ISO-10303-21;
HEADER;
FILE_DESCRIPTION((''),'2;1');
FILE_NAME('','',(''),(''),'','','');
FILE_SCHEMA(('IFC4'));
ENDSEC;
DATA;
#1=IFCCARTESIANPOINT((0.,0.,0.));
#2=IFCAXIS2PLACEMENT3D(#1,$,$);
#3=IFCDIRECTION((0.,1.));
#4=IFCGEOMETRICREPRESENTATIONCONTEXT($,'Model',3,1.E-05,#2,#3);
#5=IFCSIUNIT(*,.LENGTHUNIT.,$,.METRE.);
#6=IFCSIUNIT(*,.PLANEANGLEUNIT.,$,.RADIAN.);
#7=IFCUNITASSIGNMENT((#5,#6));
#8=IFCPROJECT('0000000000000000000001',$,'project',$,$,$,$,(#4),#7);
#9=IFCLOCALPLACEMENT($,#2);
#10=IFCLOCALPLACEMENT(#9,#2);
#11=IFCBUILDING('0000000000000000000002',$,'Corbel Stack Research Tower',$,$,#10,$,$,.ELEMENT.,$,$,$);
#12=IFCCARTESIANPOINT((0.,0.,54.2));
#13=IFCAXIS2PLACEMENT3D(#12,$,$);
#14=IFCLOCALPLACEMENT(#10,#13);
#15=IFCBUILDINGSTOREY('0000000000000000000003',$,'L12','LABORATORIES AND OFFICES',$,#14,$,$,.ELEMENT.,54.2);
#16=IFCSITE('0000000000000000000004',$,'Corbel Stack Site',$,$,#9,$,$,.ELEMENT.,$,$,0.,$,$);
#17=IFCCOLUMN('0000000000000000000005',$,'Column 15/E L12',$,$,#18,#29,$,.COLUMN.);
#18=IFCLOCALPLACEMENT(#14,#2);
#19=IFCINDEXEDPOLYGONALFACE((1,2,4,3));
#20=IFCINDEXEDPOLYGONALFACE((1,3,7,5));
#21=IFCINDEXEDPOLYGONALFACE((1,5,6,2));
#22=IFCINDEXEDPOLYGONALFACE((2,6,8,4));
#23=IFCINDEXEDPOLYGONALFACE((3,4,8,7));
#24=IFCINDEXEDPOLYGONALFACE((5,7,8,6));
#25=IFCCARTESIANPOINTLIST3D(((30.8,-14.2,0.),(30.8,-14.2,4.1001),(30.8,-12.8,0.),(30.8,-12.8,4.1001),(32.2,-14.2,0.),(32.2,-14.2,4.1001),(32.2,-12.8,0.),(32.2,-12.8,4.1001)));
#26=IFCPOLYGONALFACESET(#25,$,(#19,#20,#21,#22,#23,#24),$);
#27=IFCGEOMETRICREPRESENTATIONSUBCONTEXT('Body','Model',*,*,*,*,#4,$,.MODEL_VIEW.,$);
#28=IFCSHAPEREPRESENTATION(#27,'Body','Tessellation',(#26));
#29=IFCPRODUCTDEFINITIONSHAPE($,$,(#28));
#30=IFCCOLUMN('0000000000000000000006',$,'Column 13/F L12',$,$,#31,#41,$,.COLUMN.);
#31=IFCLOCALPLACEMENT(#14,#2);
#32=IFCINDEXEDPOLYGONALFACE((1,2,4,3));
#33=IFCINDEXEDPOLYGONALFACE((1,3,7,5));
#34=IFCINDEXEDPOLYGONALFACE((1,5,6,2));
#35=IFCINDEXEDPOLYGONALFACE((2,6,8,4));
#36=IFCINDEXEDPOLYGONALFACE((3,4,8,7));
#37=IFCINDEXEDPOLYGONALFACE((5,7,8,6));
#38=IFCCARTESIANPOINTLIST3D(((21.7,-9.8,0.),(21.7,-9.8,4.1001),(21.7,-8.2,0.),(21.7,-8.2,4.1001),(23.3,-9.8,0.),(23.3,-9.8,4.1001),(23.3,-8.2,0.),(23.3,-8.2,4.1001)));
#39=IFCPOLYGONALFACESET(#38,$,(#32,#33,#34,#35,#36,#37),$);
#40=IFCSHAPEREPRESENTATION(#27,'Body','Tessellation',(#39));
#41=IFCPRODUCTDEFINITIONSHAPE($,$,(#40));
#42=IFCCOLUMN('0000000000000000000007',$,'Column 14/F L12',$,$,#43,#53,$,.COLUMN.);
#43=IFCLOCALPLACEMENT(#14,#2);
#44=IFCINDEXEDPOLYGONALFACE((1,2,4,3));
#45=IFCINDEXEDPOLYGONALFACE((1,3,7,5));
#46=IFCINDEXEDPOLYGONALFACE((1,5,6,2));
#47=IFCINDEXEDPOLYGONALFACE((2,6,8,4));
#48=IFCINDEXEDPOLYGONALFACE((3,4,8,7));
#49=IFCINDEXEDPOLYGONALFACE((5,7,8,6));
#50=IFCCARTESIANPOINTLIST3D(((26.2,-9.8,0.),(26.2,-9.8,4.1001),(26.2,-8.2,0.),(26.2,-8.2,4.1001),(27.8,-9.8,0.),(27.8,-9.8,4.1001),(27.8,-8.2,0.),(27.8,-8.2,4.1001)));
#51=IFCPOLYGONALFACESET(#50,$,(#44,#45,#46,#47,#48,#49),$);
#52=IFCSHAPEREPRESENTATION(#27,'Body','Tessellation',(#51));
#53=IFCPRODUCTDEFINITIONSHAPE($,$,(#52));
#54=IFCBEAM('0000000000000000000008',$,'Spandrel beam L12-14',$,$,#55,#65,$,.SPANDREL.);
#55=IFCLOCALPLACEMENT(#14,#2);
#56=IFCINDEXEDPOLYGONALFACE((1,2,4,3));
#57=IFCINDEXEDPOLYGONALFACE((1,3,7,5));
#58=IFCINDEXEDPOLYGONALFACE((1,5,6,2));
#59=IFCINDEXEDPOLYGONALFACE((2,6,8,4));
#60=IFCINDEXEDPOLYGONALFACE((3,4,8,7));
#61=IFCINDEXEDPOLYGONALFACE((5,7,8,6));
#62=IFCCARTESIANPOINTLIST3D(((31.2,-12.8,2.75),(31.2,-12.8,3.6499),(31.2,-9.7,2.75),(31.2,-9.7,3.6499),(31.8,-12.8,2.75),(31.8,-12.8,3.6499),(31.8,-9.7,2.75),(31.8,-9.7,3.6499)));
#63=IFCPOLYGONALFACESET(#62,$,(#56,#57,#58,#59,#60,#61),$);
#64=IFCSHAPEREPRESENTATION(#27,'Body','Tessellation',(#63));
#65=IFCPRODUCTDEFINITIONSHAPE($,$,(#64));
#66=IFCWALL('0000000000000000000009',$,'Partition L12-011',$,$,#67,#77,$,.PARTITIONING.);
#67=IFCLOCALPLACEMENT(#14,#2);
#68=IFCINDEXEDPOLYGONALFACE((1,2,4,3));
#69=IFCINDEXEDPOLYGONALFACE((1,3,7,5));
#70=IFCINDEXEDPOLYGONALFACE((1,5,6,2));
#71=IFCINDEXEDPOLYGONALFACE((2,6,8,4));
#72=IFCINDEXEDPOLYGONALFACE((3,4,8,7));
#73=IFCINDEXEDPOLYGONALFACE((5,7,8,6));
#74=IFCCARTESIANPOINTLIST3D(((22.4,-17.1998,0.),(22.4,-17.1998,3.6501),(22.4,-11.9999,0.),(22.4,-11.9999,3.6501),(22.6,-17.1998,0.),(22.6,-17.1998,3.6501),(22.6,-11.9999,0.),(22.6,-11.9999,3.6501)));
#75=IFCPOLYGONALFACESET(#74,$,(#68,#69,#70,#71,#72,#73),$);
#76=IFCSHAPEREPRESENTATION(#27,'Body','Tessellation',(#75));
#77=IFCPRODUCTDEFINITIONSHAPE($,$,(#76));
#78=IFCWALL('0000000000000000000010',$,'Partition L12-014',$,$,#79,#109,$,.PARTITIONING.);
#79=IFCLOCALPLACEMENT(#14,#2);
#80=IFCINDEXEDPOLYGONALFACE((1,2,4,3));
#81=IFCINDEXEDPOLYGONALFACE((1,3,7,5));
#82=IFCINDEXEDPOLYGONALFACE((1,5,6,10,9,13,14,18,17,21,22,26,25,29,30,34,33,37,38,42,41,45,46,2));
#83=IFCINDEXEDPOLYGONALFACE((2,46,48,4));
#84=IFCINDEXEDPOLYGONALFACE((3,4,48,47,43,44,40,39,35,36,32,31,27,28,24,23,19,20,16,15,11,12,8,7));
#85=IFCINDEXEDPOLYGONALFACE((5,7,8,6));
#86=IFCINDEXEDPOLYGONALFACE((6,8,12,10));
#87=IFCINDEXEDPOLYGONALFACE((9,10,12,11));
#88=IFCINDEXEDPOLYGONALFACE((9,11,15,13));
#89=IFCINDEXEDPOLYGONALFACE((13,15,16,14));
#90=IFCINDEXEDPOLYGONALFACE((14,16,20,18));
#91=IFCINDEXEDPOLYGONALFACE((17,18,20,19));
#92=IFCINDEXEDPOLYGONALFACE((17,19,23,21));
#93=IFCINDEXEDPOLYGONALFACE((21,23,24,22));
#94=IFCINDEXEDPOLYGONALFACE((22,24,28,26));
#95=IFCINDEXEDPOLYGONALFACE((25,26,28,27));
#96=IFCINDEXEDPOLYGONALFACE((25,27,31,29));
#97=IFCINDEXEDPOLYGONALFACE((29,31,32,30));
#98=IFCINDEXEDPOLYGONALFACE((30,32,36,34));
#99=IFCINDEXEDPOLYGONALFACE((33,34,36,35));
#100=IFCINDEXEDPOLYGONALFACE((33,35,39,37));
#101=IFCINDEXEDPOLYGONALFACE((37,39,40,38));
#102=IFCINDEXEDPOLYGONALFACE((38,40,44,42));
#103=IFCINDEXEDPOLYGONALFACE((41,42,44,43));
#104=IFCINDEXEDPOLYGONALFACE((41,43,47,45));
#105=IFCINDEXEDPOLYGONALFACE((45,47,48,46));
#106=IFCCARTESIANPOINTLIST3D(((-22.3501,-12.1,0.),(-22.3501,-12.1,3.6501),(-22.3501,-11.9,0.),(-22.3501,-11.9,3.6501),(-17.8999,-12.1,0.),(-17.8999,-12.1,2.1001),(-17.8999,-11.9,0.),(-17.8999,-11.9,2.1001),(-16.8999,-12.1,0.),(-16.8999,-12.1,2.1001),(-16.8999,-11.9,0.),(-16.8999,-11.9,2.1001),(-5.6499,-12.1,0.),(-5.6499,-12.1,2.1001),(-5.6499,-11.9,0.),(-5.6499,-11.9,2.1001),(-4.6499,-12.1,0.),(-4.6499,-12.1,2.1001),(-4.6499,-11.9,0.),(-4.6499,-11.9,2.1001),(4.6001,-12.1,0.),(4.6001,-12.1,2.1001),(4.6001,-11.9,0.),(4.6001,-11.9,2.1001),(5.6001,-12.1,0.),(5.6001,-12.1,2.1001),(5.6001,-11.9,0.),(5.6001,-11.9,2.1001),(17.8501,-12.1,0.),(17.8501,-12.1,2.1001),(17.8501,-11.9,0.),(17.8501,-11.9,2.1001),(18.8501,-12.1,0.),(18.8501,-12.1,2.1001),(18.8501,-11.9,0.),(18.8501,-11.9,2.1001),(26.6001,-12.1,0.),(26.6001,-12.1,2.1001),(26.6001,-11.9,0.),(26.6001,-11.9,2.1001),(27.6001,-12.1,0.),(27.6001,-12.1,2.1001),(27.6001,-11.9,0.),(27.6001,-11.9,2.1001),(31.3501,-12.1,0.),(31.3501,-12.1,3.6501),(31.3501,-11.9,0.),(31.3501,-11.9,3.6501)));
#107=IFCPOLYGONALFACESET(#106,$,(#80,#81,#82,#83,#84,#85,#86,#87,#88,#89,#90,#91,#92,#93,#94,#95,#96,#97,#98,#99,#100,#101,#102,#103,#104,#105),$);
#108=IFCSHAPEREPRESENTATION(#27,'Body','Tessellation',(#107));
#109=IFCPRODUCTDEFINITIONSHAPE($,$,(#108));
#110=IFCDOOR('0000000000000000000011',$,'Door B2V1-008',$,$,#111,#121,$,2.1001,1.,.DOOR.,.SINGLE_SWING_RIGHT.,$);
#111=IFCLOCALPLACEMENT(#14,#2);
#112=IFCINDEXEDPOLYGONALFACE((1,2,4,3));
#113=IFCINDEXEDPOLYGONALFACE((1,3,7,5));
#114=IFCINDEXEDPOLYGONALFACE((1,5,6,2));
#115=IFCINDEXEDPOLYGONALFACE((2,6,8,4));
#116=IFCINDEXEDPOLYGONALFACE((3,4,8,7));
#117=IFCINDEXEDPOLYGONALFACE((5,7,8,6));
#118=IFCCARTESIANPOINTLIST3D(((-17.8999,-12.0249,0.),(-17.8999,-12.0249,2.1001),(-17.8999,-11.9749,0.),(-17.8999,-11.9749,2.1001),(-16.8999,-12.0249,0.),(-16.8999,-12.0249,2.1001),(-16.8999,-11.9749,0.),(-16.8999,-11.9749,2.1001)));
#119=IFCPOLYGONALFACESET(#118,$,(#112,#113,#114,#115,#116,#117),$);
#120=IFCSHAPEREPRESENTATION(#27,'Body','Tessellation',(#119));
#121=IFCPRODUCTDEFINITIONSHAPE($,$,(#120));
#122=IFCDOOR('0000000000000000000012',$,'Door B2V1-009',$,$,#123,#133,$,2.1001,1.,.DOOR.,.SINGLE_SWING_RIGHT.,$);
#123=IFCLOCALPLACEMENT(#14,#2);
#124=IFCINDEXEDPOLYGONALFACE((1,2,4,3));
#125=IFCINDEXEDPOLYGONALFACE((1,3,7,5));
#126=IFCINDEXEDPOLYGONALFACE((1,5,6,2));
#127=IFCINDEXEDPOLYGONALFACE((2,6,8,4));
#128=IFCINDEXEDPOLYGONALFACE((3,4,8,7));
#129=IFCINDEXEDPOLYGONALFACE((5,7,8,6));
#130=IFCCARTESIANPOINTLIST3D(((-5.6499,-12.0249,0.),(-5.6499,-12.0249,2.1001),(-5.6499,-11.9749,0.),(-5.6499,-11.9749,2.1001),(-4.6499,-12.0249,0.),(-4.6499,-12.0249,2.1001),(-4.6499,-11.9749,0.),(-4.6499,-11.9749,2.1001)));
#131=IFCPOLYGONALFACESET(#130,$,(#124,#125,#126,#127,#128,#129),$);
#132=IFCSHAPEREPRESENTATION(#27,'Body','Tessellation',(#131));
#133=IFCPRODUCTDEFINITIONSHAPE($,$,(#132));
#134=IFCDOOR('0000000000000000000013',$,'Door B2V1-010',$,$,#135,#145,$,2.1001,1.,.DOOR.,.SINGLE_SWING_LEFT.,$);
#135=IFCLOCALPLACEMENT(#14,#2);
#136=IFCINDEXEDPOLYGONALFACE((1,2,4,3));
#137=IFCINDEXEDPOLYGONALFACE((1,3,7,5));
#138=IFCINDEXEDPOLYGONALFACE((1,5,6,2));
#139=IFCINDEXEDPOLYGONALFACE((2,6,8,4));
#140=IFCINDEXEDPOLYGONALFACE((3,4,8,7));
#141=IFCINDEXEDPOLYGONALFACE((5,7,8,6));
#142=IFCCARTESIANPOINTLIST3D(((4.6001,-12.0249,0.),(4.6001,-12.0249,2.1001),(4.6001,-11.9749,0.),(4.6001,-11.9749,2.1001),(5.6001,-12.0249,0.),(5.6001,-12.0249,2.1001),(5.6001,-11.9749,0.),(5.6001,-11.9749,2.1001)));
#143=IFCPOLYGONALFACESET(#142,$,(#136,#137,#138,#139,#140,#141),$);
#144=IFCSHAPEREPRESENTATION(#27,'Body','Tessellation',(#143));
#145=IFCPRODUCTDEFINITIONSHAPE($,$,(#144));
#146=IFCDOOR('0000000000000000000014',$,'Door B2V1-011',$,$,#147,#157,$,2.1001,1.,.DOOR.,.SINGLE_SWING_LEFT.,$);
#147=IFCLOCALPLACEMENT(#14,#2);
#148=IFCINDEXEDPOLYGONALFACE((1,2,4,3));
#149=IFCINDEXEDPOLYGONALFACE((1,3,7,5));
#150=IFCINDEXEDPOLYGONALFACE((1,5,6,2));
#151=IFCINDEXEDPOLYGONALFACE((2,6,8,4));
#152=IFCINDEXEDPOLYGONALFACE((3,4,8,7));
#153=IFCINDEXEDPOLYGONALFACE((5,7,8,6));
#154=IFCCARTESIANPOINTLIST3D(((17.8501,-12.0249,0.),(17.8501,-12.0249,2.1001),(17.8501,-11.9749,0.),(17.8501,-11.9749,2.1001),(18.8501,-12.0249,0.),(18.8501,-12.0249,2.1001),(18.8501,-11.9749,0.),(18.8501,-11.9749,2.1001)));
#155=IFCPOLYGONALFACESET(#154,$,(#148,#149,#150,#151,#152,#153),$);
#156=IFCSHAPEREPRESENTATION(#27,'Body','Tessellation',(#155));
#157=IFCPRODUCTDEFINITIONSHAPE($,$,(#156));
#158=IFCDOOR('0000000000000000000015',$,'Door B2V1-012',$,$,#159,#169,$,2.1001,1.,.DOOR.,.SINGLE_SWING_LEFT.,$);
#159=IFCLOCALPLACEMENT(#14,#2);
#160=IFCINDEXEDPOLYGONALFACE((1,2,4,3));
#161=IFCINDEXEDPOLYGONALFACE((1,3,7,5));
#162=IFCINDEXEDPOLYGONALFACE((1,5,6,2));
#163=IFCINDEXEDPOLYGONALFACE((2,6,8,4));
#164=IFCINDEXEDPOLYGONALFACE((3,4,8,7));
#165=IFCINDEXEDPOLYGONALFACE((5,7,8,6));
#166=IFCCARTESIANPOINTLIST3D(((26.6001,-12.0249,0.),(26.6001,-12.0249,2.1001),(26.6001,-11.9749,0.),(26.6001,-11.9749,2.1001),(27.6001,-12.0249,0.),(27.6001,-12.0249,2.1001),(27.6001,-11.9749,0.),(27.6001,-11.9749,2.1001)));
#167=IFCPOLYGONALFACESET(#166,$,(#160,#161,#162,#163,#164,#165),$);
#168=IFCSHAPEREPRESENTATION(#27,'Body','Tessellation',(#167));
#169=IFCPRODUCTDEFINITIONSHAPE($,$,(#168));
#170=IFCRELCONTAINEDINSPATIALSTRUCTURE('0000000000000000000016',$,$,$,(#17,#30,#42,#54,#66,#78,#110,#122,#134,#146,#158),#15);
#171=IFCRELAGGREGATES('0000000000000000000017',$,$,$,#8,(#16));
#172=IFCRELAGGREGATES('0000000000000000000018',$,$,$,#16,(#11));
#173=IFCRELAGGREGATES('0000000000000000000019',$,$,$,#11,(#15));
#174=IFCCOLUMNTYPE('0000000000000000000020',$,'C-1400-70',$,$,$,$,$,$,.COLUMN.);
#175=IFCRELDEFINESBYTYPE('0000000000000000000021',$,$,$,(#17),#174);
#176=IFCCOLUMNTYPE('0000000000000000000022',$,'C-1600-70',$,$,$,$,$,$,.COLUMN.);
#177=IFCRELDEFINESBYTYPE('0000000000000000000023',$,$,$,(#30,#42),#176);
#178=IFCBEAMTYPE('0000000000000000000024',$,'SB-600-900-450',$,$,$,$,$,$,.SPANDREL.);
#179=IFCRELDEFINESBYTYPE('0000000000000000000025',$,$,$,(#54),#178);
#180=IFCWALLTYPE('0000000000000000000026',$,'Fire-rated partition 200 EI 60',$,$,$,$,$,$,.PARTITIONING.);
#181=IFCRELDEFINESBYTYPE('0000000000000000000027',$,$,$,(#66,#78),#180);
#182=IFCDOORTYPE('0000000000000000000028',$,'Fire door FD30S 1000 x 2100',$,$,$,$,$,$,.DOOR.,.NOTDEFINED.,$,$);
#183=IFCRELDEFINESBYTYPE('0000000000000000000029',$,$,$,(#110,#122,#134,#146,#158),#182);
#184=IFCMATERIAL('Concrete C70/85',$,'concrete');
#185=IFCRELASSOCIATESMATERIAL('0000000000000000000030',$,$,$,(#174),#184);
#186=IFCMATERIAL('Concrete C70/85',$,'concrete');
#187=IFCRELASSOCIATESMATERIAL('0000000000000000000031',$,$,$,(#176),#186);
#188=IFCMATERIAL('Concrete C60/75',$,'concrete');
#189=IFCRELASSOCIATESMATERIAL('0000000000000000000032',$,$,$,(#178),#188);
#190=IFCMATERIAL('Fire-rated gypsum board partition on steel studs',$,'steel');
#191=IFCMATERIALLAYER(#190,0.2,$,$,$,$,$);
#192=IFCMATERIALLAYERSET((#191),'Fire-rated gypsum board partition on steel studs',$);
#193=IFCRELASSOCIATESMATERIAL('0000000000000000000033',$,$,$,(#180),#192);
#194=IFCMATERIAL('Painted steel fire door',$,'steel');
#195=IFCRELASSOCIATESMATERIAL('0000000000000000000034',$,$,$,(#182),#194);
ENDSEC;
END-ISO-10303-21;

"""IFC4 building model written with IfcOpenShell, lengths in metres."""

from ifc_helpers import new_model, si_unit, direction, frame, frame_2d, origin, origin_2d, place, context, subcontext, project, spatial, rectangle, extrude, material, layer, layer_set, material_profile, profile_set, type_object, element, fill, save


model = new_model("IFC4")

# Units and contexts
model_context = context("Model", 3, precision=1e-05, world=origin(), true_north=direction((0.0, 1.0)))
body_context = subcontext(model_context, "Body", "Model", "MODEL_VIEW")
ifc_project = project(units=[si_unit("LENGTHUNIT", "METRE"), si_unit("PLANEANGLEUNIT", "RADIAN")], contexts=[model_context])

# Site, building, storey
site_placement = place(None, origin())
site = spatial("IfcSite", under=ifc_project, at=site_placement, Name="Corbel Stack Site", CompositionType="ELEMENT", RefElevation=0.0)
building_placement = place(site_placement, origin())
building = spatial("IfcBuilding", under=site, at=building_placement, Name="Corbel Stack Research Tower", CompositionType="ELEMENT")
storey_placement = place(building_placement, frame((0.0, 0.0, 54.2)))
storey = spatial("IfcBuildingStorey", under=building, at=storey_placement, Name="L12", Description="LABORATORIES AND OFFICES", CompositionType="ELEMENT", Elevation=54.2)

# Columns
ifc_material_1 = material(Name="Concrete C70/85", Category="concrete")
ifc_material_profile_1 = material_profile(ifc_material_1, rectangle(XDim=1.3999, YDim=1.3999, at=origin_2d()), Name="RC 1400 x 1400")
ifc_profile_set_1 = profile_set([ifc_material_profile_1], Name="Concrete C70/85")
column_type_1 = type_object("IfcColumnType", Name="C-1400-70", PredefinedType="COLUMN", material=ifc_profile_set_1)
column_placement = place(storey_placement, frame((31.5, -13.5, 0.0), z_axis=(0.0, 0.0, 1.0), x_axis=(1.0, 0.0, 0.0)))
element("IfcColumn", 1, at=column_placement, inside=storey, type_object=column_type_1, Name="Column 15/E L12", PredefinedType="COLUMN", context=body_context, shape_type="SweptSolid", body=[
    extrude(rectangle(XDim=1.3999, YDim=1.3999, at=origin_2d()), origin(), (0.0, 0.0, 1.0), 4.1001),
])
ifc_material_2 = material(Name="Concrete C70/85", Category="concrete")
ifc_material_profile_2 = material_profile(ifc_material_2, rectangle(XDim=1.6001, YDim=1.6001, at=origin_2d()), Name="RC 1600 x 1600")
ifc_profile_set_2 = profile_set([ifc_material_profile_2], Name="Concrete C70/85")
column_type_2 = type_object("IfcColumnType", Name="C-1600-70", PredefinedType="COLUMN", material=ifc_profile_set_2)
for number, where, z_axis, x_axis, name in (
    (2, (22.5, -9.0, 0.0), (0.0, 0.0, 1.0), (1.0, 0.0, 0.0), "Column 13/F L12"),
    (3, (27.0, -9.0, 0.0), (0.0, 0.0, 1.0), (1.0, 0.0, 0.0), "Column 14/F L12"),
):
    element("IfcColumn", number, at=place(storey_placement, frame(where, z_axis=z_axis, x_axis=x_axis)), inside=storey, type_object=column_type_2, Name=name, PredefinedType="COLUMN", context=body_context, shape_type="SweptSolid", body=[
        extrude(rectangle(XDim=1.6001, YDim=1.6001, at=origin_2d()), origin(), (0.0, 0.0, 1.0), 4.1001),
    ])

# Beam
ifc_material_3 = material(Name="Concrete C60/75", Category="concrete")
ifc_material_profile_3 = material_profile(ifc_material_3, rectangle(XDim=0.6001, YDim=0.8999, at=origin_2d()), Name="RC 600 x 900")
ifc_profile_set_3 = profile_set([ifc_material_profile_3], Name="Concrete C60/75")
beam_type = type_object("IfcBeamType", Name="SB-600-900-450", PredefinedType="SPANDREL", material=ifc_profile_set_3)
beam_placement = place(storey_placement, frame((31.5, -12.8, 3.2), z_axis=(0.0, 1.0, 0.0), x_axis=(-1.0, 0.0, 0.0)))
element("IfcBeam", 4, at=beam_placement, inside=storey, type_object=beam_type, Name="Spandrel beam L12-14", PredefinedType="SPANDREL", context=body_context, shape_type="SweptSolid", body=[
    extrude(rectangle(XDim=0.6001, YDim=0.8999, at=origin_2d()), origin(), (0.0, 0.0, 1.0), 3.1001),
])

# Wall
ifc_material_4 = material(Name="Fire-rated gypsum board partition on steel studs", Category="steel")
ifc_layer_1 = layer(ifc_material_4, 0.2)
ifc_layer_set_1 = layer_set([ifc_layer_1], Name="Fire-rated gypsum board partition on steel studs")
wall_type_1 = type_object("IfcWallType", Name="Fire-rated partition 200 EI 60", PredefinedType="PARTITIONING", material=ifc_layer_set_1)
wall_1_placement = place(storey_placement, frame((22.5, -17.2, 0.0), z_axis=(0.0, 0.0, 1.0), x_axis=(0.0, 1.0, 0.0)))
element("IfcWall", 5, at=wall_1_placement, inside=storey, type_object=wall_type_1, Name="Partition L12-011", PredefinedType="PARTITIONING", context=body_context, shape_type="SweptSolid", body=[
    extrude(rectangle(XDim=5.2, YDim=0.2, at=frame_2d((2.6001, 0.0))), origin(), (0.0, 0.0, 1.0), 3.6501),
])

# Wall, openings, doors
wall_2_placement = place(storey_placement, frame((31.3501, -12.0, 0.0), z_axis=(0.0, 0.0, 1.0), x_axis=(-1.0, 0.0, 0.0)))
wall_2 = element("IfcWall", 6, at=wall_2_placement, inside=storey, type_object=wall_type_1, Name="Partition L12-014", PredefinedType="PARTITIONING", context=body_context, shape_type="SweptSolid", body=[
    extrude(rectangle(XDim=53.7002, YDim=0.2, at=frame_2d((26.8501, 0.0))), origin(), (0.0, 0.0, 1.0), 3.6501),
])
opening_1_placement = place(wall_2_placement, frame((48.25, 0.0, 0.0)))
opening_1 = element("IfcOpeningElement", 7, at=opening_1_placement, cuts=wall_2, PredefinedType="OPENING", context=body_context, shape_type="SweptSolid", body=[
    extrude(rectangle(XDim=1.0, YDim=2.1001, at=frame_2d((0.5, 1.05))), frame((0.0, 0.1099, 0.0), z_axis=(0.0, -1.0, 0.0), x_axis=(1.0, 0.0, 0.0)), (0.0, 0.0, 1.0), 0.22),
])
opening_2_placement = place(wall_2_placement, frame((36.0, 0.0, 0.0)))
opening_2 = element("IfcOpeningElement", 8, at=opening_2_placement, cuts=wall_2, PredefinedType="OPENING", context=body_context, shape_type="SweptSolid", body=[
    extrude(rectangle(XDim=1.0, YDim=2.1001, at=frame_2d((0.5, 1.05))), frame((0.0, 0.1099, 0.0), z_axis=(0.0, -1.0, 0.0), x_axis=(1.0, 0.0, 0.0)), (0.0, 0.0, 1.0), 0.22),
])
opening_3_placement = place(wall_2_placement, frame((25.75, 0.0, 0.0)))
opening_3 = element("IfcOpeningElement", 9, at=opening_3_placement, cuts=wall_2, PredefinedType="OPENING", context=body_context, shape_type="SweptSolid", body=[
    extrude(rectangle(XDim=1.0, YDim=2.1001, at=frame_2d((0.5, 1.05))), frame((0.0, 0.1099, 0.0), z_axis=(0.0, -1.0, 0.0), x_axis=(1.0, 0.0, 0.0)), (0.0, 0.0, 1.0), 0.22),
])
opening_4_placement = place(wall_2_placement, frame((12.5, 0.0, 0.0)))
opening_4 = element("IfcOpeningElement", 10, at=opening_4_placement, cuts=wall_2, PredefinedType="OPENING", context=body_context, shape_type="SweptSolid", body=[
    extrude(rectangle(XDim=1.0, YDim=2.1001, at=frame_2d((0.5, 1.05))), frame((0.0, 0.1099, 0.0), z_axis=(0.0, -1.0, 0.0), x_axis=(1.0, 0.0, 0.0)), (0.0, 0.0, 1.0), 0.22),
])
opening_5_placement = place(wall_2_placement, frame((3.75, 0.0, 0.0)))
opening_5 = element("IfcOpeningElement", 11, at=opening_5_placement, cuts=wall_2, PredefinedType="OPENING", context=body_context, shape_type="SweptSolid", body=[
    extrude(rectangle(XDim=1.0, YDim=2.1001, at=frame_2d((0.5, 1.05))), frame((0.0, 0.1099, 0.0), z_axis=(0.0, -1.0, 0.0), x_axis=(1.0, 0.0, 0.0)), (0.0, 0.0, 1.0), 0.22),
])
ifc_material_5 = material(Name="Painted steel fire door", Category="steel")
door_type_1 = type_object("IfcDoorType", Name="Fire door FD30S 1000 x 2100", OperationType="NOTDEFINED", PredefinedType="DOOR", material=ifc_material_5)
door_1_placement = place(opening_1_placement, origin())
door_1 = element("IfcDoor", 12, at=door_1_placement, inside=storey, type_object=door_type_1, Name="Door B2V1-008", OperationType="SINGLE_SWING_RIGHT", OverallHeight=2.1001, OverallWidth=1.0, PredefinedType="DOOR", context=body_context, shape_type="SweptSolid", body=[
    extrude(rectangle(XDim=1.0, YDim=2.1001, at=frame_2d((0.5, 1.05))), frame((0.0, 0.0249, 0.0), z_axis=(0.0, -1.0, 0.0), x_axis=(1.0, 0.0, 0.0)), (0.0, 0.0, 1.0), 0.05),
])
fill(opening_1, door_1)
door_2_placement = place(opening_2_placement, origin())
door_2 = element("IfcDoor", 13, at=door_2_placement, inside=storey, type_object=door_type_1, Name="Door B2V1-009", OperationType="SINGLE_SWING_RIGHT", OverallHeight=2.1001, OverallWidth=1.0, PredefinedType="DOOR", context=body_context, shape_type="SweptSolid", body=[
    extrude(rectangle(XDim=1.0, YDim=2.1001, at=frame_2d((0.5, 1.05))), frame((0.0, 0.0249, 0.0), z_axis=(0.0, -1.0, 0.0), x_axis=(1.0, 0.0, 0.0)), (0.0, 0.0, 1.0), 0.05),
])
fill(opening_2, door_2)
door_3_placement = place(opening_3_placement, origin())
door_3 = element("IfcDoor", 14, at=door_3_placement, inside=storey, type_object=door_type_1, Name="Door B2V1-010", OperationType="SINGLE_SWING_LEFT", OverallHeight=2.1001, OverallWidth=1.0, PredefinedType="DOOR", context=body_context, shape_type="SweptSolid", body=[
    extrude(rectangle(XDim=1.0, YDim=2.1001, at=frame_2d((0.5, 1.05))), frame((0.0, 0.0249, 0.0), z_axis=(0.0, -1.0, 0.0), x_axis=(1.0, 0.0, 0.0)), (0.0, 0.0, 1.0), 0.05),
])
fill(opening_3, door_3)
door_4_placement = place(opening_4_placement, origin())
door_4 = element("IfcDoor", 15, at=door_4_placement, inside=storey, type_object=door_type_1, Name="Door B2V1-011", OperationType="SINGLE_SWING_LEFT", OverallHeight=2.1001, OverallWidth=1.0, PredefinedType="DOOR", context=body_context, shape_type="SweptSolid", body=[
    extrude(rectangle(XDim=1.0, YDim=2.1001, at=frame_2d((0.5, 1.05))), frame((0.0, 0.0249, 0.0), z_axis=(0.0, -1.0, 0.0), x_axis=(1.0, 0.0, 0.0)), (0.0, 0.0, 1.0), 0.05),
])
fill(opening_4, door_4)
door_5_placement = place(opening_5_placement, origin())
door_5 = element("IfcDoor", 16, at=door_5_placement, inside=storey, type_object=door_type_1, Name="Door B2V1-012", OperationType="SINGLE_SWING_LEFT", OverallHeight=2.1001, OverallWidth=1.0, PredefinedType="DOOR", context=body_context, shape_type="SweptSolid", body=[
    extrude(rectangle(XDim=1.0, YDim=2.1001, at=frame_2d((0.5, 1.05))), frame((0.0, 0.0249, 0.0), z_axis=(0.0, -1.0, 0.0), x_axis=(1.0, 0.0, 0.0)), (0.0, 0.0, 1.0), 0.05),
])
fill(opening_5, door_5)

save(model, "model.ifc")
